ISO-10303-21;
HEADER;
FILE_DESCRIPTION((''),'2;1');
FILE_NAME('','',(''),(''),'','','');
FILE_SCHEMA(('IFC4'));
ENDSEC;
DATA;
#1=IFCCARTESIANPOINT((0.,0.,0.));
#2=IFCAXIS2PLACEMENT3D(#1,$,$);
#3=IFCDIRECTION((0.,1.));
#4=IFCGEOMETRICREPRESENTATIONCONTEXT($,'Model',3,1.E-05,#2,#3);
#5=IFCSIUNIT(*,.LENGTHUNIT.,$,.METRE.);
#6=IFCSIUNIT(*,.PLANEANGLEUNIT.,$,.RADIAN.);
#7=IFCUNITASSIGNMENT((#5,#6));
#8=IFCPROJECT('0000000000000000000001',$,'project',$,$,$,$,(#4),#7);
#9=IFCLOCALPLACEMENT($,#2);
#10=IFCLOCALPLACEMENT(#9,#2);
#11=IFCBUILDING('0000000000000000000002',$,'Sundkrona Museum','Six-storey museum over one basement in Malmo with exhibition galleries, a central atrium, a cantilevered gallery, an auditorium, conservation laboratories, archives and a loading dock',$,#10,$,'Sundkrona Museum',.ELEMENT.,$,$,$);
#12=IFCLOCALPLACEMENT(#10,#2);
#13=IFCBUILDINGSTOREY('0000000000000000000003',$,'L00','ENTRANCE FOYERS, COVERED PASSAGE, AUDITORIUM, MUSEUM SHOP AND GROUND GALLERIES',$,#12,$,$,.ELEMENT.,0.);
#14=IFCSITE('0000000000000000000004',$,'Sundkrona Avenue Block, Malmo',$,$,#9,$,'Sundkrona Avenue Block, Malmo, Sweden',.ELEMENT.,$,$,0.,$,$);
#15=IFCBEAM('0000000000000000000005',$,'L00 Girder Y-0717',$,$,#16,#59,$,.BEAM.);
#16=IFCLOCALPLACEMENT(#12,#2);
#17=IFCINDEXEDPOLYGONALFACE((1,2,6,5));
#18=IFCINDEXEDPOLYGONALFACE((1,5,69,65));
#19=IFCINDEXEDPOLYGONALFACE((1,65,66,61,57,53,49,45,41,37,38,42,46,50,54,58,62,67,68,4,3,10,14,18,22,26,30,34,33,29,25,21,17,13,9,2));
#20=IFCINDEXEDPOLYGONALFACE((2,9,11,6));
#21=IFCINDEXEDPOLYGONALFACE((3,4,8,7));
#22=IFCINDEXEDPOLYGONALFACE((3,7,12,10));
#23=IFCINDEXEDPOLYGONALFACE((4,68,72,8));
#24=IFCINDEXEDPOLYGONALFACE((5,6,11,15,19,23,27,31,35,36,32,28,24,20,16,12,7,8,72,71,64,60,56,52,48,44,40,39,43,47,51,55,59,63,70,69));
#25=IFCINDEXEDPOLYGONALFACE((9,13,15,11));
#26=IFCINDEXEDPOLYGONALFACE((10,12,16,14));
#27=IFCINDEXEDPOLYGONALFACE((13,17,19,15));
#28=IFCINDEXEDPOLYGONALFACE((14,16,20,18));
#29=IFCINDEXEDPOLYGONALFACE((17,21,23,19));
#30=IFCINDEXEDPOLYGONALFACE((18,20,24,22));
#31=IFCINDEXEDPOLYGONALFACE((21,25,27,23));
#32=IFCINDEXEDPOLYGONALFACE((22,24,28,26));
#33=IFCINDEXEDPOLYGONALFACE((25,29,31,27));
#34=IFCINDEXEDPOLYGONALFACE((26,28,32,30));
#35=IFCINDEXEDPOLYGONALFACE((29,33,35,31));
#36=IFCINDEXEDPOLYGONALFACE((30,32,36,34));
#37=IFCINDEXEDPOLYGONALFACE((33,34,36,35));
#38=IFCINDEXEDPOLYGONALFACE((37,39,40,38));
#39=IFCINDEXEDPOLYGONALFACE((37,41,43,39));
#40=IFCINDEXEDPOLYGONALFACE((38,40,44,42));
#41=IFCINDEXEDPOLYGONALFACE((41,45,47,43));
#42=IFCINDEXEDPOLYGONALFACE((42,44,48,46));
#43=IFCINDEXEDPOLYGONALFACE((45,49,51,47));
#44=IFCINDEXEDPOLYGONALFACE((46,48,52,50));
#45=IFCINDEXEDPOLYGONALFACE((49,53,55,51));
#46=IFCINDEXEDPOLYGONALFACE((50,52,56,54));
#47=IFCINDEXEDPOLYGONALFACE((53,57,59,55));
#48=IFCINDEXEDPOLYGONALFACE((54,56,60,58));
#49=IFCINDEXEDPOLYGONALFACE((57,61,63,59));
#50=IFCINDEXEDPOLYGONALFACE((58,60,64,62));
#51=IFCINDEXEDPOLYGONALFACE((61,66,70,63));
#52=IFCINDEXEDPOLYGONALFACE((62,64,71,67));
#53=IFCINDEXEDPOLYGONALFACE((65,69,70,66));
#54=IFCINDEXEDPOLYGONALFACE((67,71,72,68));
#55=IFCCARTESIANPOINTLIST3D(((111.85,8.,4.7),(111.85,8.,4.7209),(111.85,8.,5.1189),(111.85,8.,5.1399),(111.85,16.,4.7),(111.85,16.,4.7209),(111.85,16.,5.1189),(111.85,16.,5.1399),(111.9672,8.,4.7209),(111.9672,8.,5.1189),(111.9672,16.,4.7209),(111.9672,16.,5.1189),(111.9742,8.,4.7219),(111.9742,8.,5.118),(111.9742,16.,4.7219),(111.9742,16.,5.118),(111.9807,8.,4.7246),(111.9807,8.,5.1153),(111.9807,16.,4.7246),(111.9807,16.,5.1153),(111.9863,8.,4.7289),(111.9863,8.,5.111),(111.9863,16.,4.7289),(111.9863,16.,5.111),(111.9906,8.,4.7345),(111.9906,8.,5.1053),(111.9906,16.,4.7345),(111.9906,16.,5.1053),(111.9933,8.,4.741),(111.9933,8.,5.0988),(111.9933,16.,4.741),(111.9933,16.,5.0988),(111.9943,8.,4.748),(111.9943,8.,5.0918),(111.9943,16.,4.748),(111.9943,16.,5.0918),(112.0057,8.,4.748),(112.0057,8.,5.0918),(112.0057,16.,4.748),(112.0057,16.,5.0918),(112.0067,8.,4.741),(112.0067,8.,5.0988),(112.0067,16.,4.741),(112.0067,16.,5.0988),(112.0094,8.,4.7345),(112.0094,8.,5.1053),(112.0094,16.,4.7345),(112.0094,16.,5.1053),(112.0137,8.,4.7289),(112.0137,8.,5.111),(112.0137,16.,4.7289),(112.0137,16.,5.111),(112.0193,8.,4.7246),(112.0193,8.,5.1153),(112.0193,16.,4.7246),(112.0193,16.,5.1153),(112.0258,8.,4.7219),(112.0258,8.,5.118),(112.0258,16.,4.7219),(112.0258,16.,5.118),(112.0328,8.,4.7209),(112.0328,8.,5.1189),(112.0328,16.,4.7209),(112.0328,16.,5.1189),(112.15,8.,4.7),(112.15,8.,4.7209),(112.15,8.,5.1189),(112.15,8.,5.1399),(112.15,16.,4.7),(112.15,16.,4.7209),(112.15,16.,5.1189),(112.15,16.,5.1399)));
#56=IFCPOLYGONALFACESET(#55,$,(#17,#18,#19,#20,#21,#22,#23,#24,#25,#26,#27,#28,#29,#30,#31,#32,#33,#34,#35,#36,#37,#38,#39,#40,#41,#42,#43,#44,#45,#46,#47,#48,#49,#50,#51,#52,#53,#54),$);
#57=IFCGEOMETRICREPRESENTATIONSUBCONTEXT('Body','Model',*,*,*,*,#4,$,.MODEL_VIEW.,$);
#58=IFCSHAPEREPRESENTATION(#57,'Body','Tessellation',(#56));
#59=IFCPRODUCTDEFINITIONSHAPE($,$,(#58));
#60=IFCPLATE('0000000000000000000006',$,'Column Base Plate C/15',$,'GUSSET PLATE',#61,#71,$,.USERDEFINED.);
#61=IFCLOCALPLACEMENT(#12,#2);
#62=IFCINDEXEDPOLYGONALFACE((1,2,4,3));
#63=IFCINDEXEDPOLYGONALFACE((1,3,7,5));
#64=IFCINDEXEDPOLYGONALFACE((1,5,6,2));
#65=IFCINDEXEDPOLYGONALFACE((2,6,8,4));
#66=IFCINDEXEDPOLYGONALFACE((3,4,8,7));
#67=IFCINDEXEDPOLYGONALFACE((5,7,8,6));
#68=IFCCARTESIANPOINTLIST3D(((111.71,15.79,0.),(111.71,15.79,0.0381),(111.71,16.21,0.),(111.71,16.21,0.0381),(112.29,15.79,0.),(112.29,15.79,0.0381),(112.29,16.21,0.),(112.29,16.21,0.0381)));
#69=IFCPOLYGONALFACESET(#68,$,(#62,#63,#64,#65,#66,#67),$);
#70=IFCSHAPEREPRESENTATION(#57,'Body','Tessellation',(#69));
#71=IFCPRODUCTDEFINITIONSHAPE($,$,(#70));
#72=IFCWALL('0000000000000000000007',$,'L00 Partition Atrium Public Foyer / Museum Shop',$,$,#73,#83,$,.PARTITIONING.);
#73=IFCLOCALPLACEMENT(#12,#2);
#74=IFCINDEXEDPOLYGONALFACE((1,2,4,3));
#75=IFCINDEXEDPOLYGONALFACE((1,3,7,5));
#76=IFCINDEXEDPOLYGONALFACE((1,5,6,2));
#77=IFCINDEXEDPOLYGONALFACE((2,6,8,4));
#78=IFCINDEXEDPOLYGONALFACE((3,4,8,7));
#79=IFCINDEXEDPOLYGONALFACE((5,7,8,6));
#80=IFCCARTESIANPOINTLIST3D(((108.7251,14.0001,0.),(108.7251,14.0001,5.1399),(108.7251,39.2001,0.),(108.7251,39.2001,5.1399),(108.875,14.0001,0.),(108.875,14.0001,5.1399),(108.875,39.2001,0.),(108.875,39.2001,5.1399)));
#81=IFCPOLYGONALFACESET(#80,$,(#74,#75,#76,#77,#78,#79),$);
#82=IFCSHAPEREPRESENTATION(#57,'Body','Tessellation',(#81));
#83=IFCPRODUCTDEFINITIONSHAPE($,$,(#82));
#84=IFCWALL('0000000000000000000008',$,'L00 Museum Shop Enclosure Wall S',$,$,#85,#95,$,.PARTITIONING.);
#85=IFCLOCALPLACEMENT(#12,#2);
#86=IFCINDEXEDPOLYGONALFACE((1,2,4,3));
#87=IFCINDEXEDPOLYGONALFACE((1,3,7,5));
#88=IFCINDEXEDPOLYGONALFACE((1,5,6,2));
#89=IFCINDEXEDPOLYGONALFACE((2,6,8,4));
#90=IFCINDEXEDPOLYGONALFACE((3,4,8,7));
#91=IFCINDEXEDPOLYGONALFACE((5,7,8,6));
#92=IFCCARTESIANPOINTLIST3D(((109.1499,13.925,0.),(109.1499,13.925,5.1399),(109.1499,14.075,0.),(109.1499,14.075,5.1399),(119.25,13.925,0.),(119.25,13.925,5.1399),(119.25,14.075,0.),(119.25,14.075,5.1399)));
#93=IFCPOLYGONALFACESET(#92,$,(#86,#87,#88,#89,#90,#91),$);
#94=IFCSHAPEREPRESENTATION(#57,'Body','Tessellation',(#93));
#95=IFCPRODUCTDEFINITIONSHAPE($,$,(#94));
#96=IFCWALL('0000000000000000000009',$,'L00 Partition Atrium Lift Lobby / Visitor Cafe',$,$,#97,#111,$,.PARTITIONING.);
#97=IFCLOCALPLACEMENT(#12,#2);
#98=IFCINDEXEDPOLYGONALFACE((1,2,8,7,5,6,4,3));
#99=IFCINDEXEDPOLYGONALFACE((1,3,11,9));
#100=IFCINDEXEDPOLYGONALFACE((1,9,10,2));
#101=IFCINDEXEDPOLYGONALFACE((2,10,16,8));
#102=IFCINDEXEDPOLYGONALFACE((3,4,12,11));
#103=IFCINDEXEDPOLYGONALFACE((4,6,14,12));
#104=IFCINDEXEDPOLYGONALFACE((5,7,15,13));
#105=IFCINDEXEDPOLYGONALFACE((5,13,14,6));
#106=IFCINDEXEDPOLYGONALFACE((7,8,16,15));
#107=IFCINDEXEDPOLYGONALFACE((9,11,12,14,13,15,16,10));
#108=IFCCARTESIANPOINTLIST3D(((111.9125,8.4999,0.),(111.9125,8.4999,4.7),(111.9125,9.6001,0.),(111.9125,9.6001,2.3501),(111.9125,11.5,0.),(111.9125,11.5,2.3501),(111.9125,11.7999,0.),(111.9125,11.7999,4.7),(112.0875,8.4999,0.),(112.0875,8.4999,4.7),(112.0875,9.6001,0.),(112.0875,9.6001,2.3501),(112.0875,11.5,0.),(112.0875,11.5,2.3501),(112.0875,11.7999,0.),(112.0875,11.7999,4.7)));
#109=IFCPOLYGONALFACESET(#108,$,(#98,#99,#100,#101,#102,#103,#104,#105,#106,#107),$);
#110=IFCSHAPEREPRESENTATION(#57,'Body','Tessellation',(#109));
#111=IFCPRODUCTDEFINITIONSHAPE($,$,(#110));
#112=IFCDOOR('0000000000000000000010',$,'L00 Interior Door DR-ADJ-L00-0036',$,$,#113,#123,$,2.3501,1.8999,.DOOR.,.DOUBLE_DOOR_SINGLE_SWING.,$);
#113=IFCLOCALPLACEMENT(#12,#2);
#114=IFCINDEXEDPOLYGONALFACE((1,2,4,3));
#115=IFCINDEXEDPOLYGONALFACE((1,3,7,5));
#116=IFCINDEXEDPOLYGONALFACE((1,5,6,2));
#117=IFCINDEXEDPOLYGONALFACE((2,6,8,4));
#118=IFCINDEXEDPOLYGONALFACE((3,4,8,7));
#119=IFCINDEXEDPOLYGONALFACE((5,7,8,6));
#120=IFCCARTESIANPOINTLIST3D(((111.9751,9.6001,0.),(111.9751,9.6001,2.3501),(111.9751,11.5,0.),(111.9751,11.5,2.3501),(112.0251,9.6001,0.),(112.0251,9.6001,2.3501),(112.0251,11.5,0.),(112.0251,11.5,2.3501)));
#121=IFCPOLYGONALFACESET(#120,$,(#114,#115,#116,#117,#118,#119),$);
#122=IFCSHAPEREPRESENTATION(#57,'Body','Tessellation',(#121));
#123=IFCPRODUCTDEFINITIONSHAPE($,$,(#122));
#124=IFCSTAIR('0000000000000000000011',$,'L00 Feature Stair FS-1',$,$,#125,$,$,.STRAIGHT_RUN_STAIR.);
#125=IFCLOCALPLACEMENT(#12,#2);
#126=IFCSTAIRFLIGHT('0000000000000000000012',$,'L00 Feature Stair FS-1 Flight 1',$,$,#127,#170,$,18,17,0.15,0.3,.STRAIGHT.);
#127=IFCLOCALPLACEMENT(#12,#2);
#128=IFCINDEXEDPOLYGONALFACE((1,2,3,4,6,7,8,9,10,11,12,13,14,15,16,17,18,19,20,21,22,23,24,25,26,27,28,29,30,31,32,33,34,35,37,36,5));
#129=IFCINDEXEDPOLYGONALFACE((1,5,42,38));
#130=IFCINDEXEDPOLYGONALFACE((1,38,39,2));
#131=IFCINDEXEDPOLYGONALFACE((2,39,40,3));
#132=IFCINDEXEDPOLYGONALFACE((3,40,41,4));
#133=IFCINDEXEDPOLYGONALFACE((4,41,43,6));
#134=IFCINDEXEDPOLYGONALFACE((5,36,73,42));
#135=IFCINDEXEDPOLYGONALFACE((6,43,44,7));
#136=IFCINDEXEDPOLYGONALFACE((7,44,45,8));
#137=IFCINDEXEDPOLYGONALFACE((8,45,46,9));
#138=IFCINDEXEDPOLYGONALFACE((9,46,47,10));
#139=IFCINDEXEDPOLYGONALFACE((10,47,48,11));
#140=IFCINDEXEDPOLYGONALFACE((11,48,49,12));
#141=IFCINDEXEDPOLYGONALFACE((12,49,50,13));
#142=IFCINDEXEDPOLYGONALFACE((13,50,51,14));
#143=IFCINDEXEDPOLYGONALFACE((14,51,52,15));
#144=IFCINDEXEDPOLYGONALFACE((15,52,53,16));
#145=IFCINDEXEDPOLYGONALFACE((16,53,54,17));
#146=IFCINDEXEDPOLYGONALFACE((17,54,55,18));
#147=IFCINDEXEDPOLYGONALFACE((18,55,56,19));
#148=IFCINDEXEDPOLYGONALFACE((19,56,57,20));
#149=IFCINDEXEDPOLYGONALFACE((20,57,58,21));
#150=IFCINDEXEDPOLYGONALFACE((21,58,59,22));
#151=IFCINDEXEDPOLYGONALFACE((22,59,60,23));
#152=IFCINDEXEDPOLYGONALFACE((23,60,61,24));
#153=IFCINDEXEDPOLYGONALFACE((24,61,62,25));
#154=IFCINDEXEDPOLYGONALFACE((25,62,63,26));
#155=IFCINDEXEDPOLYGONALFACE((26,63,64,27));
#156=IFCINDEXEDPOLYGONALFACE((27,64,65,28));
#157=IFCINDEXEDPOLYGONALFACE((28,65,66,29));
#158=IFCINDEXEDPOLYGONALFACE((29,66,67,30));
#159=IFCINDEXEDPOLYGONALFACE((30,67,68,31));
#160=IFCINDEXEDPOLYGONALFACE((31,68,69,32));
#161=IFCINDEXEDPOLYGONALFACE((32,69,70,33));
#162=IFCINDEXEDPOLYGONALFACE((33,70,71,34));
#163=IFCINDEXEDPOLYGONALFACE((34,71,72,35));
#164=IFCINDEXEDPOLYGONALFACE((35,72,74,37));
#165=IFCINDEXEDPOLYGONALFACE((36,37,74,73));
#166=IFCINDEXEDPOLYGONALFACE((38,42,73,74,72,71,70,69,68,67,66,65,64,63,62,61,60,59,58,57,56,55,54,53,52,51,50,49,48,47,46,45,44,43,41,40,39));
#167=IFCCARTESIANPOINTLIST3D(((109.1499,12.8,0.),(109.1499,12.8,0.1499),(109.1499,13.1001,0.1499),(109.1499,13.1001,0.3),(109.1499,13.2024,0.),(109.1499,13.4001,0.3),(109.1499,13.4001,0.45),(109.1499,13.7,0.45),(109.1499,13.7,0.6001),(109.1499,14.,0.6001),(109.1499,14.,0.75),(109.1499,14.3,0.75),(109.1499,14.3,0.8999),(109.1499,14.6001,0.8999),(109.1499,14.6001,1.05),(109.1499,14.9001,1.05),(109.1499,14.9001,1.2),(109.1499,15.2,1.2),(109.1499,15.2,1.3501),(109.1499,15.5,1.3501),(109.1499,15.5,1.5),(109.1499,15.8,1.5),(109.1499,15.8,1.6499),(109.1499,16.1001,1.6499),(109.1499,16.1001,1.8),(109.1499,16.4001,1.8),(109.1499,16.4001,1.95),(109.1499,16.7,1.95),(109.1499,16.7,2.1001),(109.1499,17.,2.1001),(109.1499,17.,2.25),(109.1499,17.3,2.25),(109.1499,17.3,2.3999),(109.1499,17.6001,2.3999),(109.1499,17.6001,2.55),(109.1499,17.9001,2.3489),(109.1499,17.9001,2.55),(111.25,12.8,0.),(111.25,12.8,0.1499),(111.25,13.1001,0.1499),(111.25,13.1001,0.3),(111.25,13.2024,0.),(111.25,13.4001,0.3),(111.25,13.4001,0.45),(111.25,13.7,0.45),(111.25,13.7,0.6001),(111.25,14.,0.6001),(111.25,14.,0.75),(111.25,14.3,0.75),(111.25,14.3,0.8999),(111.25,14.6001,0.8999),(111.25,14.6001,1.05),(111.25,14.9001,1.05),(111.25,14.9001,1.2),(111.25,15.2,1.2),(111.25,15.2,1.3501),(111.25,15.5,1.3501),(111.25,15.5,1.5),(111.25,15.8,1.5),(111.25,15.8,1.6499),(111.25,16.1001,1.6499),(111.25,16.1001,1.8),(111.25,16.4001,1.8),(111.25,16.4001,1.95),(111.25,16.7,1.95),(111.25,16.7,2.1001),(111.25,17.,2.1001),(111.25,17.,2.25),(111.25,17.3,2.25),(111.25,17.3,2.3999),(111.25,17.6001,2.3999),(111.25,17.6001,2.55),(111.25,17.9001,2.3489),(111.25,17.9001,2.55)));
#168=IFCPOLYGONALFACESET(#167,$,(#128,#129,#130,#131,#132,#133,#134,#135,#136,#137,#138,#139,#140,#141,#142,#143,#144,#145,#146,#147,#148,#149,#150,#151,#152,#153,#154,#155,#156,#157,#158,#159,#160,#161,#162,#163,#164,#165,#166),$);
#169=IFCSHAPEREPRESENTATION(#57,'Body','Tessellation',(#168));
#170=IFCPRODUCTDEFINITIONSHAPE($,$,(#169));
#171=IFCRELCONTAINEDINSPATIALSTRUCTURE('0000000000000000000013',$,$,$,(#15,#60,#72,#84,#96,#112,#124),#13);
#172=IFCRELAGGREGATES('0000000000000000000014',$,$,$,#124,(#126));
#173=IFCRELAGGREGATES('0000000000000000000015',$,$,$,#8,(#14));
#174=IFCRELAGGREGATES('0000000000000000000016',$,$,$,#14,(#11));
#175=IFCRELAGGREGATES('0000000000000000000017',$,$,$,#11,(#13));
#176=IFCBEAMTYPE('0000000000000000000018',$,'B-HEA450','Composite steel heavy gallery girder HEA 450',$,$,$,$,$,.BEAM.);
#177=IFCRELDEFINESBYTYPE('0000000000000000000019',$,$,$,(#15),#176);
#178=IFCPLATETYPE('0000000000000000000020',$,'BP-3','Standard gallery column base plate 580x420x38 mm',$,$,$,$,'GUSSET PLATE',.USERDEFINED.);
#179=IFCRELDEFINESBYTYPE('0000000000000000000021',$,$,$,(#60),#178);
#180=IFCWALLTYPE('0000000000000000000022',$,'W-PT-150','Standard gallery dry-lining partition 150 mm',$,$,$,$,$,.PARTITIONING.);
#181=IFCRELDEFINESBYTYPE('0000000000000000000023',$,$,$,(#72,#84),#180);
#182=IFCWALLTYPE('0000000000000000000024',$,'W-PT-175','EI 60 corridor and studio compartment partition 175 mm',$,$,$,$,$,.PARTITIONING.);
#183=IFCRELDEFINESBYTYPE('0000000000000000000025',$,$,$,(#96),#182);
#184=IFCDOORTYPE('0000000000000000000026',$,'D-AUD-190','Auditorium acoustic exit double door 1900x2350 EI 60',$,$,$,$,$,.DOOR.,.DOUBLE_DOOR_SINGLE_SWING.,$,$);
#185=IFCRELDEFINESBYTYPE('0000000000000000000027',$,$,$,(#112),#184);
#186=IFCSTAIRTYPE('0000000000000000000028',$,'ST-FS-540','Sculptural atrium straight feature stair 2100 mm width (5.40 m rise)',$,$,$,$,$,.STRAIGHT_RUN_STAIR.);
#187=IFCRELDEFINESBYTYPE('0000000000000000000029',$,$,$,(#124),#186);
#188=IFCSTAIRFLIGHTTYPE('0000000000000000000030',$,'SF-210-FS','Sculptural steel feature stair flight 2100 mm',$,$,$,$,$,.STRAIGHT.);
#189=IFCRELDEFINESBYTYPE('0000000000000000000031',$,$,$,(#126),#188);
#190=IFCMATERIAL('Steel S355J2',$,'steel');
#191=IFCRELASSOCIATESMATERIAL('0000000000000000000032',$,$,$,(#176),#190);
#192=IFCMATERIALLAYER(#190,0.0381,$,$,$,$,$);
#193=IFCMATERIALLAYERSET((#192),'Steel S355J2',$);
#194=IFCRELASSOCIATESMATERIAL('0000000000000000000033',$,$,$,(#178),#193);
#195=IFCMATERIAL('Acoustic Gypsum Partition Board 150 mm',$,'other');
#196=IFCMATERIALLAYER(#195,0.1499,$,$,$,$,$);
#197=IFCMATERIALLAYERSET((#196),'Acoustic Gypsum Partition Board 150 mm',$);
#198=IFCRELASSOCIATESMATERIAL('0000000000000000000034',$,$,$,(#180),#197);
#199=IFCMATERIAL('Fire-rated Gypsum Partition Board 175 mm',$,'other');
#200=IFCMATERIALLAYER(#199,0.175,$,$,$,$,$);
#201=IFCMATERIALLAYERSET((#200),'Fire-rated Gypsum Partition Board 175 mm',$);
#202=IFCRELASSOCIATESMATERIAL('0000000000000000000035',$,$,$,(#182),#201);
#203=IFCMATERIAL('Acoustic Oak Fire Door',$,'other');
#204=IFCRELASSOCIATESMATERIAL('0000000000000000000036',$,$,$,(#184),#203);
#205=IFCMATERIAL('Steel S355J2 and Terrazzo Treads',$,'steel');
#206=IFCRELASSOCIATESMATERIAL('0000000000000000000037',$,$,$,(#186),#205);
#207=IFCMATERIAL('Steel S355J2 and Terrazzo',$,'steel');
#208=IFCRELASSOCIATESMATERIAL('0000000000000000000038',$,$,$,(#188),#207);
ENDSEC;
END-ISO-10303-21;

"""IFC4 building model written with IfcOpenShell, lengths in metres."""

from ifc_helpers import new_model, si_unit, direction, frame, frame_2d, origin, origin_2d, place, context, subcontext, project, spatial, polyline, rectangle, i_section, outline, extrude, material, layer, layer_set, material_profile, profile_set, type_object, element, fill, aggregate, save


model = new_model("IFC4")

# Units and contexts
model_context = context("Model", 3, precision=1e-05, world=origin(), true_north=direction((0.0, 1.0)))
body_context = subcontext(model_context, "Body", "Model", "MODEL_VIEW")
ifc_project = project(units=[si_unit("LENGTHUNIT", "METRE"), si_unit("PLANEANGLEUNIT", "RADIAN")], contexts=[model_context])

# Site, building, storey
site_placement = place(None, origin())
site = spatial("IfcSite", under=ifc_project, at=site_placement, Name="Sundkrona Avenue Block, Malmo", LongName="Sundkrona Avenue Block, Malmo, Sweden", CompositionType="ELEMENT", RefElevation=0.0)
building_placement = place(site_placement, origin())
building = spatial("IfcBuilding", under=site, at=building_placement, Name="Sundkrona Museum", Description="Six-storey museum over one basement in Malmo with exhibition galleries, a central atrium, a cantilevered gallery, an auditorium, conservation laboratories, archives and a loading dock", LongName="Sundkrona Museum", CompositionType="ELEMENT")
storey_placement = place(building_placement, origin())
storey = spatial("IfcBuildingStorey", under=building, at=storey_placement, Name="L00", Description="ENTRANCE FOYERS, COVERED PASSAGE, AUDITORIUM, MUSEUM SHOP AND GROUND GALLERIES", CompositionType="ELEMENT", Elevation=0.0)

# Shared definitions
ifc_material_1 = material(Name="Steel S355J2", Category="steel")

# Beam
ifc_material_profile_1 = material_profile(ifc_material_1, i_section(OverallWidth=0.3, OverallDepth=0.4399, WebThickness=0.0115, FlangeThickness=0.021, FilletRadius=0.0271, at=origin_2d()), Name="HEA 450")
ifc_profile_set_1 = profile_set([ifc_material_profile_1], Name="Steel S355J2")
beam_type = type_object("IfcBeamType", Name="B-HEA450", Description="Composite steel heavy gallery girder HEA 450", PredefinedType="BEAM", material=ifc_profile_set_1)
beam_placement = place(storey_placement, frame((112.0, 8.0, 4.9199), z_axis=(0.0, 1.0, 0.0), x_axis=(-1.0, 0.0, 0.0)))
element("IfcBeam", 1, at=beam_placement, inside=storey, type_object=beam_type, Name="L00 Girder Y-0717", PredefinedType="BEAM", context=body_context, shape_type="SweptSolid", body=[
    extrude(i_section(OverallWidth=0.3, OverallDepth=0.4399, WebThickness=0.0115, FlangeThickness=0.021, FilletRadius=0.0271, at=origin_2d()), origin(), (0.0, 0.0, 1.0), 8.0),
])

# Plate
ifc_layer_1 = layer(ifc_material_1, 0.0381)
ifc_layer_set_1 = layer_set([ifc_layer_1], Name="Steel S355J2")
plate_type = type_object("IfcPlateType", Name="BP-3", Description="Standard gallery column base plate 580x420x38 mm", ElementType="GUSSET PLATE", PredefinedType="USERDEFINED", material=ifc_layer_set_1)
plate_placement = place(storey_placement, frame((112.0, 16.0, 0.0), z_axis=(0.0, 0.0, 1.0), x_axis=(1.0, 0.0, 0.0)))
element("IfcPlate", 2, at=plate_placement, inside=storey, type_object=plate_type, Name="Column Base Plate C/15", ObjectType="GUSSET PLATE", PredefinedType="USERDEFINED", context=body_context, shape_type="SweptSolid", body=[
    extrude(rectangle(XDim=0.5801, YDim=0.4199, at=origin_2d()), origin(), (0.0, 0.0, 1.0), 0.0381),
])

# Walls
ifc_material_2 = material(Name="Acoustic Gypsum Partition Board 150 mm", Category="other")
ifc_layer_2 = layer(ifc_material_2, 0.1499)
ifc_layer_set_2 = layer_set([ifc_layer_2], Name="Acoustic Gypsum Partition Board 150 mm")
wall_type_1 = type_object("IfcWallType", Name="W-PT-150", Description="Standard gallery dry-lining partition 150 mm", PredefinedType="PARTITIONING", material=ifc_layer_set_2)
wall_1_placement = place(storey_placement, frame((108.8, 14.0, 0.0), z_axis=(0.0, 0.0, 1.0), x_axis=(0.0, 1.0, 0.0)))
element("IfcWall", 3, at=wall_1_placement, inside=storey, type_object=wall_type_1, Name="L00 Partition Atrium Public Foyer / Museum Shop", PredefinedType="PARTITIONING", context=body_context, shape_type="SweptSolid", body=[
    extrude(rectangle(XDim=25.2, YDim=0.1499, at=frame_2d((12.6001, 0.0))), origin(), (0.0, 0.0, 1.0), 5.1399),
])
wall_2_placement = place(storey_placement, frame((109.1499, 14.0, 0.0), z_axis=(0.0, 0.0, 1.0), x_axis=(1.0, 0.0, 0.0)))
element("IfcWall", 4, at=wall_2_placement, inside=storey, type_object=wall_type_1, Name="L00 Museum Shop Enclosure Wall S", PredefinedType="PARTITIONING", context=body_context, shape_type="SweptSolid", body=[
    extrude(rectangle(XDim=10.1001, YDim=0.1499, at=frame_2d((5.05, 0.0))), origin(), (0.0, 0.0, 1.0), 5.1399),
])

# Wall, opening, door
ifc_material_3 = material(Name="Fire-rated Gypsum Partition Board 175 mm", Category="other")
ifc_layer_3 = layer(ifc_material_3, 0.175)
ifc_layer_set_3 = layer_set([ifc_layer_3], Name="Fire-rated Gypsum Partition Board 175 mm")
wall_type_2 = type_object("IfcWallType", Name="W-PT-175", Description="EI 60 corridor and studio compartment partition 175 mm", PredefinedType="PARTITIONING", material=ifc_layer_set_3)
wall_3_placement = place(storey_placement, frame((112.0, 8.5, 0.0), z_axis=(0.0, 0.0, 1.0), x_axis=(0.0, 1.0, 0.0)))
wall_3 = element("IfcWall", 5, at=wall_3_placement, inside=storey, type_object=wall_type_2, Name="L00 Partition Atrium Lift Lobby / Visitor Cafe", PredefinedType="PARTITIONING", context=body_context, shape_type="SweptSolid", body=[
    extrude(rectangle(XDim=3.3, YDim=0.175, at=frame_2d((1.6499, 0.0))), origin(), (0.0, 0.0, 1.0), 4.7),
])
opening_placement = place(wall_3_placement, frame((1.1001, 0.0, 0.0)))
opening = element("IfcOpeningElement", 6, at=opening_placement, cuts=wall_3, PredefinedType="OPENING", context=body_context, shape_type="SweptSolid", body=[
    extrude(rectangle(XDim=1.8999, YDim=2.3501, at=frame_2d((0.95, 1.175))), frame((0.0, 0.0974, 0.0), z_axis=(0.0, -1.0, 0.0), x_axis=(1.0, 0.0, 0.0)), (0.0, 0.0, 1.0), 0.1951),
])
ifc_material_4 = material(Name="Acoustic Oak Fire Door", Category="other")
door_type = type_object("IfcDoorType", Name="D-AUD-190", Description="Auditorium acoustic exit double door 1900x2350 EI 60", OperationType="DOUBLE_DOOR_SINGLE_SWING", PredefinedType="DOOR", material=ifc_material_4)
door_placement = place(opening_placement, origin())
door = element("IfcDoor", 7, at=door_placement, inside=storey, type_object=door_type, Name="L00 Interior Door DR-ADJ-L00-0036", OperationType="DOUBLE_DOOR_SINGLE_SWING", OverallHeight=2.3501, OverallWidth=1.8999, PredefinedType="DOOR", context=body_context, shape_type="SweptSolid", body=[
    extrude(rectangle(XDim=1.8999, YDim=2.3501, at=frame_2d((0.95, 1.175))), frame((0.0, 0.0249, 0.0), z_axis=(0.0, -1.0, 0.0), x_axis=(1.0, 0.0, 0.0)), (0.0, 0.0, 1.0), 0.05),
])
fill(opening, door)

# Stair, stair flight
ifc_material_5 = material(Name="Steel S355J2 and Terrazzo Treads", Category="steel")
stair_type = type_object("IfcStairType", Name="ST-FS-540", Description="Sculptural atrium straight feature stair 2100 mm width (5.40 m rise)", PredefinedType="STRAIGHT_RUN_STAIR", material=ifc_material_5)
stair_placement = place(storey_placement, origin())
stair = element("IfcStair", 8, at=stair_placement, inside=storey, type_object=stair_type, Name="L00 Feature Stair FS-1", PredefinedType="STRAIGHT_RUN_STAIR")
ifc_material_6 = material(Name="Steel S355J2 and Terrazzo", Category="steel")
stair_flight_type = type_object("IfcStairFlightType", Name="SF-210-FS", Description="Sculptural steel feature stair flight 2100 mm", PredefinedType="STRAIGHT", material=ifc_material_6)
stair_flight_placement = place(storey_placement, frame((110.2, 12.8, 0.0), z_axis=(0.0, 0.0, 1.0), x_axis=(0.0, 1.0, 0.0)))
stair_flight = element("IfcStairFlight", 9, at=stair_flight_placement, type_object=stair_flight_type, Name="L00 Feature Stair FS-1 Flight 1", NumberOfRisers=18, NumberOfTreads=17, PredefinedType="STRAIGHT", RiserHeight=0.15, TreadLength=0.3, context=body_context, shape_type="SweptSolid", body=[
    extrude(outline(polyline([(0.0, 0.0), (0.0, 0.1499), (0.3, 0.1499), (0.3, 0.3), (0.6001, 0.3), (0.6001, 0.45), (0.8999, 0.45), (0.8999, 0.6001), (1.2, 0.6001), (1.2, 0.75), (1.5, 0.75), (1.5, 0.8999), (1.8, 0.8999), (1.8, 1.05), (2.1001, 1.05), (2.1001, 1.2), (2.3999, 1.2), (2.3999, 1.3501), (2.7, 1.3501), (2.7, 1.5), (3.0, 1.5), (3.0, 1.6499), (3.3, 1.6499), (3.3, 1.8), (3.6001, 1.8), (3.6001, 1.95), (3.8999, 1.95), (3.8999, 2.1001), (4.2, 2.1001), (4.2, 2.25), (4.5, 2.25), (4.5, 2.3999), (4.8, 2.3999), (4.8, 2.55), (5.1001, 2.55), (5.1001, 2.7), (5.1001, 2.3489), (0.4023, 0.0), (0.0, 0.0)])), frame((0.0, 1.05, 0.0), z_axis=(0.0, -1.0, 0.0), x_axis=(1.0, 0.0, 0.0)), (0.0, 0.0, 1.0), 2.1001),
])
aggregate(stair, [stair_flight])

save(model, "model.ifc")
